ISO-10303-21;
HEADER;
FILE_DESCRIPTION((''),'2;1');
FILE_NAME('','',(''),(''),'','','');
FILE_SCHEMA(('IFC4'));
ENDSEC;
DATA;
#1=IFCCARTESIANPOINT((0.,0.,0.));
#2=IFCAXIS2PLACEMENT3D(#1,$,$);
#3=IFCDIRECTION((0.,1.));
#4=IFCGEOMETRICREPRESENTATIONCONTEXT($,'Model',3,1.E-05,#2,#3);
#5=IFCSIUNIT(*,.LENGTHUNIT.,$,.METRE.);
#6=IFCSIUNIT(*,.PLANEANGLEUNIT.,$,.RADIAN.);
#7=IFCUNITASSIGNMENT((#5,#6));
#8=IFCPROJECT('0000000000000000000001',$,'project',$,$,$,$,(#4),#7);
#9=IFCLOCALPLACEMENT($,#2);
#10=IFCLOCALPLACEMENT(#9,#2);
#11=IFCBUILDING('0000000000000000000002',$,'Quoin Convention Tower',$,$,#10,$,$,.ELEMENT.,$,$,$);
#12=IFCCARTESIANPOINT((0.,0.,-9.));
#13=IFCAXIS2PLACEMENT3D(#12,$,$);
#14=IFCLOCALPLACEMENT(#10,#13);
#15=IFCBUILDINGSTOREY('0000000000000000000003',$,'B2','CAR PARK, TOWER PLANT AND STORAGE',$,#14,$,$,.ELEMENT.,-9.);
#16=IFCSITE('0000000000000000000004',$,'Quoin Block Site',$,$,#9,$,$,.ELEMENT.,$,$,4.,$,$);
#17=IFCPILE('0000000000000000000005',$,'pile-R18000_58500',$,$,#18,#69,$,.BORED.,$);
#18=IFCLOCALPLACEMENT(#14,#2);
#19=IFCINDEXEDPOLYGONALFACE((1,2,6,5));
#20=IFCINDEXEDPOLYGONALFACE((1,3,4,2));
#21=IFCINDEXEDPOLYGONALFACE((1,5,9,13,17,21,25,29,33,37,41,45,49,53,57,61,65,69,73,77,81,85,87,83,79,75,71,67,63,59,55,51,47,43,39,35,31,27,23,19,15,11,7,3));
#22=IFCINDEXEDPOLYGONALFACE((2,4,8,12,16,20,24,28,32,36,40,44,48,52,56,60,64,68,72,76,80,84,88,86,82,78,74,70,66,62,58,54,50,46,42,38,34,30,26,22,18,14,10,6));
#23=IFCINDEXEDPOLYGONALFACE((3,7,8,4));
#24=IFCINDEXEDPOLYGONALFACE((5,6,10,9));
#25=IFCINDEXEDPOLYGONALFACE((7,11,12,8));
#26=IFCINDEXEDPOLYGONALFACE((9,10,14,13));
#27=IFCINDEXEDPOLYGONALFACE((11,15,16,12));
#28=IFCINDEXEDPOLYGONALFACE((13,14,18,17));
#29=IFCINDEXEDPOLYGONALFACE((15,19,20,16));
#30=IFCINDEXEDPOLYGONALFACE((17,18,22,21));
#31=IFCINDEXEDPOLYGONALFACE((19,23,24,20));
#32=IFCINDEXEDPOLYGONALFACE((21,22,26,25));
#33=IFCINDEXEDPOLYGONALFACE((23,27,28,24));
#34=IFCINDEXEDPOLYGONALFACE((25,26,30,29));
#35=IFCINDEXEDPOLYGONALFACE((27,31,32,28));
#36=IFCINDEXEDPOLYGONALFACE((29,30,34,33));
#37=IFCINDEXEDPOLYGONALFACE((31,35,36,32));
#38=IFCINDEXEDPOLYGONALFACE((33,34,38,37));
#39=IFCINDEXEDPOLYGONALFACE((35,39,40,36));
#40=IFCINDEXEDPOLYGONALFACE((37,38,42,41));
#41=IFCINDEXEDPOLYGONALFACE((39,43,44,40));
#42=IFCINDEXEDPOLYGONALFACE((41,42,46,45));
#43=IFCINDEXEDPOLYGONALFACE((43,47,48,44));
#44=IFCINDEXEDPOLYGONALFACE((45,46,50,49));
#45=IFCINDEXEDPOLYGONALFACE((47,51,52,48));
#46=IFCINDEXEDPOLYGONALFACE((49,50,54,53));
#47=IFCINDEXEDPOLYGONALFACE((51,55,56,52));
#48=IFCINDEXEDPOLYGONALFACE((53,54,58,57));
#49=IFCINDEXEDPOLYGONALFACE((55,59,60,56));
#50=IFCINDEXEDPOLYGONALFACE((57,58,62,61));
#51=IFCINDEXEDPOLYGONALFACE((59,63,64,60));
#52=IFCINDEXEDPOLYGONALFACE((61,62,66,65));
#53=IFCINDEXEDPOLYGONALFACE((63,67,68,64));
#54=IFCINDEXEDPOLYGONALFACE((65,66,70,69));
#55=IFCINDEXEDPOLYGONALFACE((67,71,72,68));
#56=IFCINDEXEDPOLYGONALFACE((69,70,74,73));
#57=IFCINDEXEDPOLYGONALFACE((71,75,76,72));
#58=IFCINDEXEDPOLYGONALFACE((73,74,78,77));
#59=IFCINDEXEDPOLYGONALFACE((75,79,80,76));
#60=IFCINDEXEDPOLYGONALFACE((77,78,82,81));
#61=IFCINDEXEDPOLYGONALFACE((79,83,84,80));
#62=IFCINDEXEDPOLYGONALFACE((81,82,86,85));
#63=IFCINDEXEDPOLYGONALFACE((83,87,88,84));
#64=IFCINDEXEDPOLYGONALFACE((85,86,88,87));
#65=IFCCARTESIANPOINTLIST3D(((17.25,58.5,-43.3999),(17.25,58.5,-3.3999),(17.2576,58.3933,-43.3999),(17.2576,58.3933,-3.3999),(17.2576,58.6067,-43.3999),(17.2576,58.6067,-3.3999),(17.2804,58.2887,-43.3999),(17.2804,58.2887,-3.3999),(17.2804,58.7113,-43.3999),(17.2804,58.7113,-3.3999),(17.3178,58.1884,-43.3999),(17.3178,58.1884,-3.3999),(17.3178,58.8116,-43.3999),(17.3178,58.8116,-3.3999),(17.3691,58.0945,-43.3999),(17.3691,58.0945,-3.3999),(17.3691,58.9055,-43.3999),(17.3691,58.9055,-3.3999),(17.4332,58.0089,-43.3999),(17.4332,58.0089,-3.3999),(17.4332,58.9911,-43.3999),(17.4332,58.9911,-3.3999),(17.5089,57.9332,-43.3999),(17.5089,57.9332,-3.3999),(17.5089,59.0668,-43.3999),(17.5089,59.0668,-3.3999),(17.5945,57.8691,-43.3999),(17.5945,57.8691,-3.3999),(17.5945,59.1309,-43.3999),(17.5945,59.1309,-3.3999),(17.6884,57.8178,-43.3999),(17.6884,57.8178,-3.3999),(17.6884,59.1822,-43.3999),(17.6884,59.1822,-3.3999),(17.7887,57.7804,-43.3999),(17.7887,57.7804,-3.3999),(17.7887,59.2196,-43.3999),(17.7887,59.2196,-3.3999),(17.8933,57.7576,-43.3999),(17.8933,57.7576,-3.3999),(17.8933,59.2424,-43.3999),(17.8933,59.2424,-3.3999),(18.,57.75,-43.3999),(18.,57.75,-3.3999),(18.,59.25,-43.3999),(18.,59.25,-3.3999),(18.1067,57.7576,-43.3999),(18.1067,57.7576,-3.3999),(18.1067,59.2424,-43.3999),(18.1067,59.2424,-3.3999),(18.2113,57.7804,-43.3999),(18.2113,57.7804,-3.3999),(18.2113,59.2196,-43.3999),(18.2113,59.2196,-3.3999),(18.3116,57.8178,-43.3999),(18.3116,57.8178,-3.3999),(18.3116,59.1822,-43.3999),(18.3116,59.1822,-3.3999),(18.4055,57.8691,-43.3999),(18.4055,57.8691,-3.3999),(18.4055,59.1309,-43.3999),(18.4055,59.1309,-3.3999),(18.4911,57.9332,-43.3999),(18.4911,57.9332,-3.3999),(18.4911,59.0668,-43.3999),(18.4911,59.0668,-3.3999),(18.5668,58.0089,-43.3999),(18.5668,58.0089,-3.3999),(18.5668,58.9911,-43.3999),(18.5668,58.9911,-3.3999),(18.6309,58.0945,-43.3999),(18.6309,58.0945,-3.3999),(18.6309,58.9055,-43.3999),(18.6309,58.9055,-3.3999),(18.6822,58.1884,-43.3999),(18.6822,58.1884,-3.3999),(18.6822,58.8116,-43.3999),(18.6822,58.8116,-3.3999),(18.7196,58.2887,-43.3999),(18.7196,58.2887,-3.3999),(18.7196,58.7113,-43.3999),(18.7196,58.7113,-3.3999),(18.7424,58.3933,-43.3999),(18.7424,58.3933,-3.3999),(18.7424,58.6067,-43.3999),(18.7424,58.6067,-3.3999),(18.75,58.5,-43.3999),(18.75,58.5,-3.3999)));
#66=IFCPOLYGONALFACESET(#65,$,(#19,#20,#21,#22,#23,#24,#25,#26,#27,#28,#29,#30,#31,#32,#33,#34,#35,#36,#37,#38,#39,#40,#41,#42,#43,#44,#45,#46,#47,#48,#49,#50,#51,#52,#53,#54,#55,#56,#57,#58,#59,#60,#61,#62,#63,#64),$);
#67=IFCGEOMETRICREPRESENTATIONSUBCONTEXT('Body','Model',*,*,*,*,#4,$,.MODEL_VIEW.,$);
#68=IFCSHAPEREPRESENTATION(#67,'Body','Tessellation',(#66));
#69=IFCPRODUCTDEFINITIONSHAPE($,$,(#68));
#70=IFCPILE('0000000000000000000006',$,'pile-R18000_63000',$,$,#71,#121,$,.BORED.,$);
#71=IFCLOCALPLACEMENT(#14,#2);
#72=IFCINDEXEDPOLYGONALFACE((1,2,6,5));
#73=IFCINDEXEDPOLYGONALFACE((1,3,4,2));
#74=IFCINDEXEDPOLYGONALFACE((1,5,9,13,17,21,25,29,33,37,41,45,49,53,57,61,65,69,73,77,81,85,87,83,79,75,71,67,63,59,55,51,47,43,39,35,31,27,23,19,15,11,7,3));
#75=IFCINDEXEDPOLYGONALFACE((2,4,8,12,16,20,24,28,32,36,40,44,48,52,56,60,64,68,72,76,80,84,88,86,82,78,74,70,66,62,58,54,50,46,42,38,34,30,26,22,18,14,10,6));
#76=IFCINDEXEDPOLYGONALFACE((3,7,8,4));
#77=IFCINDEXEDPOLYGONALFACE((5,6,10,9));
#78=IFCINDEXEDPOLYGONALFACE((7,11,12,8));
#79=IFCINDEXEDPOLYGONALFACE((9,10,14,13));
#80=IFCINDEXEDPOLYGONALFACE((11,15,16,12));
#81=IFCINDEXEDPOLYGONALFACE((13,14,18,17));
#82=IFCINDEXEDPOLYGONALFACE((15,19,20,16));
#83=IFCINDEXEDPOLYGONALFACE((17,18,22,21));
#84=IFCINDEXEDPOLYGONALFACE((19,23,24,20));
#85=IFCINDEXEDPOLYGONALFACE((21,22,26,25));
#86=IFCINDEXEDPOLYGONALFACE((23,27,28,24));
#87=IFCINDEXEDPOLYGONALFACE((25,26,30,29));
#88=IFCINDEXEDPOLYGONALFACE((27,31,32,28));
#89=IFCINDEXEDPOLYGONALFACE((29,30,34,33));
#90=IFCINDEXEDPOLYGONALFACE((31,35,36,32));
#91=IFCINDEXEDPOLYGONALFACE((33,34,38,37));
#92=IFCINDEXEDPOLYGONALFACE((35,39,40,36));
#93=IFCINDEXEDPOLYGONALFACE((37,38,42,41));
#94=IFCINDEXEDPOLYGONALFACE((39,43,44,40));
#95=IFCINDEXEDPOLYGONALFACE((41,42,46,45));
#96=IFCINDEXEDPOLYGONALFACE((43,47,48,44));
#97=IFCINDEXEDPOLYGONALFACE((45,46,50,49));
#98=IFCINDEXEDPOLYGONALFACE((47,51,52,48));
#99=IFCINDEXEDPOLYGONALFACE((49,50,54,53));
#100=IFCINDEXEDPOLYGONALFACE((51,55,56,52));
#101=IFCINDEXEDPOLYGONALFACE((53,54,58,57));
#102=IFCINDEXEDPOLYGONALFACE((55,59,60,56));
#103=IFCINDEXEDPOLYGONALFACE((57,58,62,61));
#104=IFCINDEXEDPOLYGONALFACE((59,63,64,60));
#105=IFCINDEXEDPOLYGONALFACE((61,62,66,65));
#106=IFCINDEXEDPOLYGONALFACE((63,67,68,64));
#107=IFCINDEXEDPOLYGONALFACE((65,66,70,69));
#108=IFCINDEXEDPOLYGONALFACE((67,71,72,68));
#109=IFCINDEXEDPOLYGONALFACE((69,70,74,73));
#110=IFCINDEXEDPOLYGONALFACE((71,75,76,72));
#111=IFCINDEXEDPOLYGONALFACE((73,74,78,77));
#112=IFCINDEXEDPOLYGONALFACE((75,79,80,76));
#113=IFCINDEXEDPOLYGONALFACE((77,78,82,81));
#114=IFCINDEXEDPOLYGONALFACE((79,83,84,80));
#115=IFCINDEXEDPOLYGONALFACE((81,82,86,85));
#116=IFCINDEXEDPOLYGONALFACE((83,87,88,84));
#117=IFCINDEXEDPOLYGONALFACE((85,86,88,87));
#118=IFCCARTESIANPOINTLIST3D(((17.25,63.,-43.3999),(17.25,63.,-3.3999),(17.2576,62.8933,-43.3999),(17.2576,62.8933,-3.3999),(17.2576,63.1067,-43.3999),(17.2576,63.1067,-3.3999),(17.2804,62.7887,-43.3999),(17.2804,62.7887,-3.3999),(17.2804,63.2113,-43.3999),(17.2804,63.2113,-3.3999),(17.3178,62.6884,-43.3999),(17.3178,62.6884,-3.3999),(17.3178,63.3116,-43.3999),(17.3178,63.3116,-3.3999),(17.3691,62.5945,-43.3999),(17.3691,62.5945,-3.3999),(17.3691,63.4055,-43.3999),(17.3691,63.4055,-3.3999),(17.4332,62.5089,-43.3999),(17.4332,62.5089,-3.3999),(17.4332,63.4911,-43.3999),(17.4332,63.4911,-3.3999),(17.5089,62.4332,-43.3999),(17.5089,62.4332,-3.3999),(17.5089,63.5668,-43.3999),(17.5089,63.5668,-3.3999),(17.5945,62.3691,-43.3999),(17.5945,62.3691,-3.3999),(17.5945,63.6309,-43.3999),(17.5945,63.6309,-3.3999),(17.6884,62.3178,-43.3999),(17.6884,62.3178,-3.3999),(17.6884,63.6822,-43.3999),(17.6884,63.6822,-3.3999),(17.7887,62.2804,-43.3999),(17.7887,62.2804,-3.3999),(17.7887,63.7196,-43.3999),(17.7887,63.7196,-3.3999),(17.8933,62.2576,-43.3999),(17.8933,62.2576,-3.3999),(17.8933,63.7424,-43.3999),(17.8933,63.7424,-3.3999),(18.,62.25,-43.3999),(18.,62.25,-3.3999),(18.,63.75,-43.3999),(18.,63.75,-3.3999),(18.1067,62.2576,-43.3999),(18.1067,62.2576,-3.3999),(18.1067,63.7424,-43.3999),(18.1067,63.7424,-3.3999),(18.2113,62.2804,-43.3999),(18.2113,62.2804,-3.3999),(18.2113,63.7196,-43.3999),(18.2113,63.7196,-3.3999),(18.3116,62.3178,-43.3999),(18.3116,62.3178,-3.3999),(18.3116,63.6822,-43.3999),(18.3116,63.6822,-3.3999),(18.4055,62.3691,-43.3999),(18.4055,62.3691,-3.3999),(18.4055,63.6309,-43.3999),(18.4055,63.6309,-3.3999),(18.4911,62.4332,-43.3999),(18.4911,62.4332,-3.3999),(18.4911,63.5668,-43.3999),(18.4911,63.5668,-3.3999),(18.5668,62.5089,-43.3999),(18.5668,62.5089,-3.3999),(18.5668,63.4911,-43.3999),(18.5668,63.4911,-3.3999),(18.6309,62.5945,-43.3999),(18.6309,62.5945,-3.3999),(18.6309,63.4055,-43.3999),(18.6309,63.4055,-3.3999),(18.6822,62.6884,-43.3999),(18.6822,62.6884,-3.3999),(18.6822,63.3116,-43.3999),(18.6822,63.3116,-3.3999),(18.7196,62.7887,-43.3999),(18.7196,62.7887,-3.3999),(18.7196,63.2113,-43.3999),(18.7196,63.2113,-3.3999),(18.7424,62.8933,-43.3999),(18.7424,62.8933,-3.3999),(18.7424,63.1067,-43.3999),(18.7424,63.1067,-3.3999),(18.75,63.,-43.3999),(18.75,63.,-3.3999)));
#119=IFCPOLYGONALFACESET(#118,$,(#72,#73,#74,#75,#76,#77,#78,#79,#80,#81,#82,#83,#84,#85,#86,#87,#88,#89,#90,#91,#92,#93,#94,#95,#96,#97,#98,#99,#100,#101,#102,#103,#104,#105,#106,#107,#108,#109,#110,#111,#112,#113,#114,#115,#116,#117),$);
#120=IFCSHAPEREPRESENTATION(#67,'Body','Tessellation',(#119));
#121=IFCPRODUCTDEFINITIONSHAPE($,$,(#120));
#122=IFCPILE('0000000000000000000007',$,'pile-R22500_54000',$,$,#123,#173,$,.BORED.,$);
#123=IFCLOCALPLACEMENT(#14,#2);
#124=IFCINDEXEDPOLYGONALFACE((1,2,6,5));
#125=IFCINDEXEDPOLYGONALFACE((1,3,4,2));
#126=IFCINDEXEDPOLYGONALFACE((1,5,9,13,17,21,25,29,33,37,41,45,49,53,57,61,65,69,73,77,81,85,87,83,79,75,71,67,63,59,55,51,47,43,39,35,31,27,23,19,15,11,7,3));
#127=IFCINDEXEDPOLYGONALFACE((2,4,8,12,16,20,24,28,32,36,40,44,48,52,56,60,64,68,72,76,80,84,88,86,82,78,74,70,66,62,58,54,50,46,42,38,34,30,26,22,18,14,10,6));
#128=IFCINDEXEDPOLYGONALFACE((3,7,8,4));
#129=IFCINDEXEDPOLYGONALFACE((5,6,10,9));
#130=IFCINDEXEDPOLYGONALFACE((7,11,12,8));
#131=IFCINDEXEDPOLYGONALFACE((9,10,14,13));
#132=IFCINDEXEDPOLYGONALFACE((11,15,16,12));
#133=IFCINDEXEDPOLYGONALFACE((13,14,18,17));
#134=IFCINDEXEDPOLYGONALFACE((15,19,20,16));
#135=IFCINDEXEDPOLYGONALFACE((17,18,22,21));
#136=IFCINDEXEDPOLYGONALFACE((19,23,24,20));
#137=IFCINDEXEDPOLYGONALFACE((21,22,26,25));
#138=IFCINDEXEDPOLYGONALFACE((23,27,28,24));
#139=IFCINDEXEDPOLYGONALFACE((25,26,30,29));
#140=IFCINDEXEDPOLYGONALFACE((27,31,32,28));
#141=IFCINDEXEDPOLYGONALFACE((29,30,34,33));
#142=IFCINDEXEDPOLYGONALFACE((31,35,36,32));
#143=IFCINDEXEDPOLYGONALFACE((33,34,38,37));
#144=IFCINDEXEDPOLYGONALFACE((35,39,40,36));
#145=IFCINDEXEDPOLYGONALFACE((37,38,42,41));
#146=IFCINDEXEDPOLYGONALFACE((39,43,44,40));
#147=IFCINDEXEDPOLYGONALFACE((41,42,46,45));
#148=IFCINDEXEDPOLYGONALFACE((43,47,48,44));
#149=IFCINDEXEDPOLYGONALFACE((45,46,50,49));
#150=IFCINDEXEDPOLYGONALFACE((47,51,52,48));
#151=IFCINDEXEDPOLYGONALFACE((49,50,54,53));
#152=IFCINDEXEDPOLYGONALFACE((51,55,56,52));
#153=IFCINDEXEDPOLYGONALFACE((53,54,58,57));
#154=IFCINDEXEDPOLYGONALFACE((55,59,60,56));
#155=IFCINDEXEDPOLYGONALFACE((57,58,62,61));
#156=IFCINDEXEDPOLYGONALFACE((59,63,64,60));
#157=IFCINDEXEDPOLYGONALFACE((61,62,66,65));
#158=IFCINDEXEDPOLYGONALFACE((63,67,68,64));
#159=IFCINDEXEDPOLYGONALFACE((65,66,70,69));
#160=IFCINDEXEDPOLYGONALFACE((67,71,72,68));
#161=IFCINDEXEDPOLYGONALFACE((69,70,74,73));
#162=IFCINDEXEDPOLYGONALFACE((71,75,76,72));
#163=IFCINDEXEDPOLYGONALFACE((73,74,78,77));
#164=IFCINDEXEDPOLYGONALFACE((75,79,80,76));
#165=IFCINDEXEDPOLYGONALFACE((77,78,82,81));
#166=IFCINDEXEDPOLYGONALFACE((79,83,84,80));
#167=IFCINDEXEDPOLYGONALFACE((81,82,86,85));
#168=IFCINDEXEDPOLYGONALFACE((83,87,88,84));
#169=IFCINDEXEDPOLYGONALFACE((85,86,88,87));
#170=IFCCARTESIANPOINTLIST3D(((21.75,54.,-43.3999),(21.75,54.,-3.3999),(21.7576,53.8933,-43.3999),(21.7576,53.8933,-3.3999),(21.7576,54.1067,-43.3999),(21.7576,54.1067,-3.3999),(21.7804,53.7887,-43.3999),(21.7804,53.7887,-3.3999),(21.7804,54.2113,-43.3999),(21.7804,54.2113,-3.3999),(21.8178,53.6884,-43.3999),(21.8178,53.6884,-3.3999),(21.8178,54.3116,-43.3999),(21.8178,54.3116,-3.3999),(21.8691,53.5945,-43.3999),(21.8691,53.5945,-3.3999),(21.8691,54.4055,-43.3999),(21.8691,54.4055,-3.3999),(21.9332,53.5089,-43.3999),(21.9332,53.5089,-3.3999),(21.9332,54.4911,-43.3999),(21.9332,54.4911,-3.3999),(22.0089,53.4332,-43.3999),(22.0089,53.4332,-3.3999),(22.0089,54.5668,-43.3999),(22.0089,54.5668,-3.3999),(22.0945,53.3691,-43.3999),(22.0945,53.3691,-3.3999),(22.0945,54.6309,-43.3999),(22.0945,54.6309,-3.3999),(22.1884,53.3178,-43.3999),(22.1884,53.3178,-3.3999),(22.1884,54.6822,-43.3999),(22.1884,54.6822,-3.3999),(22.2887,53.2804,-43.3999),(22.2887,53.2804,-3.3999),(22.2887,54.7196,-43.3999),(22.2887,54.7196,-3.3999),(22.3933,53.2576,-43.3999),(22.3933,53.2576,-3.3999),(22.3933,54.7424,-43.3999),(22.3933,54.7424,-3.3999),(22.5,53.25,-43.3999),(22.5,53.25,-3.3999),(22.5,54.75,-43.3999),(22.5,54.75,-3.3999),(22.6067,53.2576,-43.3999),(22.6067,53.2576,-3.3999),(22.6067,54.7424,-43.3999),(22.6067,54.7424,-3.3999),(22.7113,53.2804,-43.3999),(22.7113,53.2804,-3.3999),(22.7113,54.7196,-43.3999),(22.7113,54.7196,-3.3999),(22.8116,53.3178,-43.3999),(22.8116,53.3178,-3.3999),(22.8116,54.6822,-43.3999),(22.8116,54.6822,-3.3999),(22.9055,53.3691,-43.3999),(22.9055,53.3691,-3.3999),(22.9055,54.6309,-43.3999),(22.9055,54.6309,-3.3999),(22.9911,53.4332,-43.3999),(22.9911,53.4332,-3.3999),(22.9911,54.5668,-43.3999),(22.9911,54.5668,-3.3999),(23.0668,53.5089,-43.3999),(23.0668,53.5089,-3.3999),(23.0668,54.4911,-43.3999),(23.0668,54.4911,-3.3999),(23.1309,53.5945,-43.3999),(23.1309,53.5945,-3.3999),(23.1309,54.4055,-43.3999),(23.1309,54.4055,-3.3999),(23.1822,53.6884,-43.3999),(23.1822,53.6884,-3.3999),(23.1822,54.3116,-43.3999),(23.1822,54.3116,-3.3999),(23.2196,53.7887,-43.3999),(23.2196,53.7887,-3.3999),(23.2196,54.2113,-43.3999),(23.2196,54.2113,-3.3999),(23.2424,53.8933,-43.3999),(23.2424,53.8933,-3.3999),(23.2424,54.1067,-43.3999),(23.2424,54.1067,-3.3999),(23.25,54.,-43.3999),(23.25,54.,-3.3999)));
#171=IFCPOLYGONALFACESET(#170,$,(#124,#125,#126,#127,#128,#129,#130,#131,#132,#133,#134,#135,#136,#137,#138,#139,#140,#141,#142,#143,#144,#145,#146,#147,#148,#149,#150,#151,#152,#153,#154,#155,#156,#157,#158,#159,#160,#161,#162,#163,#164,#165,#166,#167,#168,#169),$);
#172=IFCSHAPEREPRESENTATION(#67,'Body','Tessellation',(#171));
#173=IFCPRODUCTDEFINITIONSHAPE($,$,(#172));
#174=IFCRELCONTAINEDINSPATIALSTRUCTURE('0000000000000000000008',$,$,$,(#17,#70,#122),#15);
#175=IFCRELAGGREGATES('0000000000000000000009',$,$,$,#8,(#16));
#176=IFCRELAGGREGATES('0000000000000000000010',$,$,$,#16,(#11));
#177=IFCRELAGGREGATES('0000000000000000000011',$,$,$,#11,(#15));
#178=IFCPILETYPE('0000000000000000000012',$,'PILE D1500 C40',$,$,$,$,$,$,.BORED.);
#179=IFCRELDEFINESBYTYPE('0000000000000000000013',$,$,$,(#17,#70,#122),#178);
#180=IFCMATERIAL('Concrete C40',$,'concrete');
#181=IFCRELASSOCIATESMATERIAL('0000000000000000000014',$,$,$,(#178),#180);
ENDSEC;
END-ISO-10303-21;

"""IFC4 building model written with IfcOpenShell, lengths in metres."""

from ifc_helpers import new_model, si_unit, direction, frame, origin, origin_2d, place, context, subcontext, project, spatial, circle, extrude, material, material_profile, profile_set, type_object, element, save


model = new_model("IFC4")

# Units and contexts
model_context = context("Model", 3, precision=1e-05, world=origin(), true_north=direction((0.0, 1.0)))
body_context = subcontext(model_context, "Body", "Model", "MODEL_VIEW")
ifc_project = project(units=[si_unit("LENGTHUNIT", "METRE"), si_unit("PLANEANGLEUNIT", "RADIAN")], contexts=[model_context])

# Site, building, storey
site_placement = place(None, origin())
site = spatial("IfcSite", under=ifc_project, at=site_placement, Name="Quoin Block Site", CompositionType="ELEMENT", RefElevation=4.0)
building_placement = place(site_placement, origin())
building = spatial("IfcBuilding", under=site, at=building_placement, Name="Quoin Convention Tower", CompositionType="ELEMENT")
storey_placement = place(building_placement, frame((0.0, 0.0, -9.0)))
storey = spatial("IfcBuildingStorey", under=building, at=storey_placement, Name="B2", Description="CAR PARK, TOWER PLANT AND STORAGE", CompositionType="ELEMENT", Elevation=-9.0)

# Piles
ifc_material_1 = material(Name="Concrete C40", Category="concrete")
ifc_material_profile_1 = material_profile(ifc_material_1, circle(Radius=0.75, at=origin_2d()), Name="D1500")
ifc_profile_set_1 = profile_set([ifc_material_profile_1], Name="Concrete C40")
pile_type = type_object("IfcPileType", Name="PILE D1500 C40", PredefinedType="BORED", material=ifc_profile_set_1)
for number, where, z_axis, x_axis, name in (
    (1, (18.0, 58.5, -3.3999), (0.0, 0.0, -1.0), (1.0, 0.0, 0.0), "pile-R18000_58500"),
    (2, (18.0, 63.0, -3.3999), (0.0, 0.0, -1.0), (1.0, 0.0, 0.0), "pile-R18000_63000"),
    (3, (22.5, 54.0, -3.3999), (0.0, 0.0, -1.0), (1.0, 0.0, 0.0), "pile-R22500_54000"),
):
    element("IfcPile", number, at=place(storey_placement, frame(where, z_axis=z_axis, x_axis=x_axis)), inside=storey, type_object=pile_type, Name=name, PredefinedType="BORED", context=body_context, shape_type="SweptSolid", body=[
        extrude(circle(Radius=0.75, at=origin_2d()), origin(), (0.0, 0.0, 1.0), 40.0),
    ])

save(model, "model.ifc")
